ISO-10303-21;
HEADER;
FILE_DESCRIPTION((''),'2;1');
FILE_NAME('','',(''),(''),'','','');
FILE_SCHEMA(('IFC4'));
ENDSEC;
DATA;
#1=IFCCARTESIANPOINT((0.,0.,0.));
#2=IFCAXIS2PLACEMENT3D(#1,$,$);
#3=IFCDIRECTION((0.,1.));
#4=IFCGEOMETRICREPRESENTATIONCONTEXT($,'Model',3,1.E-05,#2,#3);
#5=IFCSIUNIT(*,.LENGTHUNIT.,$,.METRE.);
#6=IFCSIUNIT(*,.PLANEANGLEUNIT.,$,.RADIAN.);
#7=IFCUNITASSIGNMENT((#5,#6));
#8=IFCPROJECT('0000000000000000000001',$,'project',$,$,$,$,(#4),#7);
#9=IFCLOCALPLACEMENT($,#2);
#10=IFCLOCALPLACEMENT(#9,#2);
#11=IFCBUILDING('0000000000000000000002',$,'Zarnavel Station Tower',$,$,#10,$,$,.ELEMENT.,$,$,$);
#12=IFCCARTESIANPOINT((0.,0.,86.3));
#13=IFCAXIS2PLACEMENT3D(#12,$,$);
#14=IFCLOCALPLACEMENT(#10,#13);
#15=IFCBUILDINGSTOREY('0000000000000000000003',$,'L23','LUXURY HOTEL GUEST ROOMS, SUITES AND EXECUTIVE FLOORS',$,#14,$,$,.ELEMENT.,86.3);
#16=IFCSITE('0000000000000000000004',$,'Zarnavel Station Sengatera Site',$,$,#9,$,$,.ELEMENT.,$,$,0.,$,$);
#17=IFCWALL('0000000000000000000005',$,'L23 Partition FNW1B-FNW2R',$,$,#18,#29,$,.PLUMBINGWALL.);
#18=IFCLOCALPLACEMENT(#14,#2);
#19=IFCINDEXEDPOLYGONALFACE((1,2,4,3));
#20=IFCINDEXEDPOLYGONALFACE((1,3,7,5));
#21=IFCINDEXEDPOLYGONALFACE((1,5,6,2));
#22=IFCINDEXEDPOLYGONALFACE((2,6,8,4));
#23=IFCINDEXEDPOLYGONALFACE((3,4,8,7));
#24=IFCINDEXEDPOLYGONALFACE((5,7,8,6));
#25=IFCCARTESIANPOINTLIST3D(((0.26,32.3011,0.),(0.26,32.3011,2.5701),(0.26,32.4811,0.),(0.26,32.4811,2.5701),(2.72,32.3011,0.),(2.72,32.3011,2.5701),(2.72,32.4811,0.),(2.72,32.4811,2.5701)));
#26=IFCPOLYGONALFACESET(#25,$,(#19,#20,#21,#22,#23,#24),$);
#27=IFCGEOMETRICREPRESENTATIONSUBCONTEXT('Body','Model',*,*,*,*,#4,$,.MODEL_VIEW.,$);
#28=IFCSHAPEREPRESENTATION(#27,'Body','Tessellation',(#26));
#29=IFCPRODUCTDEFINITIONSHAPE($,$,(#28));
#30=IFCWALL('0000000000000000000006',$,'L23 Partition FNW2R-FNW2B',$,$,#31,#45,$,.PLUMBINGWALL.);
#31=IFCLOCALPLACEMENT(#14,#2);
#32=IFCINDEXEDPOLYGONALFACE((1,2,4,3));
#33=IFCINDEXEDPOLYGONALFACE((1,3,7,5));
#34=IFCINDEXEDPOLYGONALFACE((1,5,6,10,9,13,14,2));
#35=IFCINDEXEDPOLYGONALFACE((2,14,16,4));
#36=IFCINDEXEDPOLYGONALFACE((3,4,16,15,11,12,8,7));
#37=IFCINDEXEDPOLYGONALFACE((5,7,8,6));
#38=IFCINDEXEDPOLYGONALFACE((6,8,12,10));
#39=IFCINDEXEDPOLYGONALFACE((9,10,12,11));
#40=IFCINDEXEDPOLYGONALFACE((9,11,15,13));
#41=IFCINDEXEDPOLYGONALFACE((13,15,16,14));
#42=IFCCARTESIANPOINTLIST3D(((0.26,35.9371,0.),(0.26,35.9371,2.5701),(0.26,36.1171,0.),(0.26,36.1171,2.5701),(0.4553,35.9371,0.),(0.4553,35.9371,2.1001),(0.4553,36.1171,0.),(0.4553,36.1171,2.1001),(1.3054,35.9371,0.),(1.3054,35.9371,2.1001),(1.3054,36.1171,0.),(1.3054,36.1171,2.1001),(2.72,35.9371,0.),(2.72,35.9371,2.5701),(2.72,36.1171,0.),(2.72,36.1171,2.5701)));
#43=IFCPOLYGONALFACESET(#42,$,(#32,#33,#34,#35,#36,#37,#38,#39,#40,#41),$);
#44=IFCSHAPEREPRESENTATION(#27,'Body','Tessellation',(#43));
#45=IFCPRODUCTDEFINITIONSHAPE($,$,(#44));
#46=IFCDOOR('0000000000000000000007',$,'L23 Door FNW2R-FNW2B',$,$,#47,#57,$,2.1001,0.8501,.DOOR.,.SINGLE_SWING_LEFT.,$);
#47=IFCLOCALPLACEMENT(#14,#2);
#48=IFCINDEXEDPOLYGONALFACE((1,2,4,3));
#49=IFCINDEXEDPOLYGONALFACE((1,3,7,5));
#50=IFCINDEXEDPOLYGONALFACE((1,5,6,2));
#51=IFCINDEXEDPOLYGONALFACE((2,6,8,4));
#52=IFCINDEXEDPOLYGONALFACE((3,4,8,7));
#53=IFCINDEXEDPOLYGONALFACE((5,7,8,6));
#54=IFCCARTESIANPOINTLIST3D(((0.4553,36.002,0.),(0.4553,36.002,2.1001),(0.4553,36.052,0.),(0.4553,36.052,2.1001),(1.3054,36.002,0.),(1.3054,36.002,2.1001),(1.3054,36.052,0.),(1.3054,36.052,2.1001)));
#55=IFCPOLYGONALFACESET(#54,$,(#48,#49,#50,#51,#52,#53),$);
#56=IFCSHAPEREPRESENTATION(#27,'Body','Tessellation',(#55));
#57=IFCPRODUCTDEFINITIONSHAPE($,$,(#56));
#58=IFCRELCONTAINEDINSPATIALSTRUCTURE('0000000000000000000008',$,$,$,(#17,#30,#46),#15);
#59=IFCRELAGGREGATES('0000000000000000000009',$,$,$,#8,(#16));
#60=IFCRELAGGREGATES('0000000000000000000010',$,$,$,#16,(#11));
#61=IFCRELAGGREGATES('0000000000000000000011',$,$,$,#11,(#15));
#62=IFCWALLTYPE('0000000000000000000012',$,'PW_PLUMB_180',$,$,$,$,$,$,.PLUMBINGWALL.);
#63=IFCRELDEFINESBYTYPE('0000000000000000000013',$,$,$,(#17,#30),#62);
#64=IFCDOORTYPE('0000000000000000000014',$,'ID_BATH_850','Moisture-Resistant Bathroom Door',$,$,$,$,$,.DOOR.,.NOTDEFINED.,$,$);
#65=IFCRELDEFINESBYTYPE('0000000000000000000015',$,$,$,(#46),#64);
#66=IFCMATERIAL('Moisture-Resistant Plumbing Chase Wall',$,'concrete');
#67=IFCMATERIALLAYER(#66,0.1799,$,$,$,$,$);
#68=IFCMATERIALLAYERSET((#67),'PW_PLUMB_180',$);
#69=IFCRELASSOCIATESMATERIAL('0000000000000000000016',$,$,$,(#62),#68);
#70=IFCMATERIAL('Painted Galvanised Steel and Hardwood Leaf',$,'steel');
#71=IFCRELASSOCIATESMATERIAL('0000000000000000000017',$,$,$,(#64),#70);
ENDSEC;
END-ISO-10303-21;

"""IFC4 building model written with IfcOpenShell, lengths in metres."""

from ifc_helpers import new_model, si_unit, direction, frame, frame_2d, origin, place, context, subcontext, project, spatial, rectangle, extrude, material, layer, layer_set, type_object, element, fill, save


model = new_model("IFC4")

# Units and contexts
model_context = context("Model", 3, precision=1e-05, world=origin(), true_north=direction((0.0, 1.0)))
body_context = subcontext(model_context, "Body", "Model", "MODEL_VIEW")
ifc_project = project(units=[si_unit("LENGTHUNIT", "METRE"), si_unit("PLANEANGLEUNIT", "RADIAN")], contexts=[model_context])

# Site, building, storey
site_placement = place(None, origin())
site = spatial("IfcSite", under=ifc_project, at=site_placement, Name="Zarnavel Station Sengatera Site", CompositionType="ELEMENT", RefElevation=0.0)
building_placement = place(site_placement, origin())
building = spatial("IfcBuilding", under=site, at=building_placement, Name="Zarnavel Station Tower", CompositionType="ELEMENT")
storey_placement = place(building_placement, frame((0.0, 0.0, 86.3)))
storey = spatial("IfcBuildingStorey", under=building, at=storey_placement, Name="L23", Description="LUXURY HOTEL GUEST ROOMS, SUITES AND EXECUTIVE FLOORS", CompositionType="ELEMENT", Elevation=86.3)

# Shared definitions
ifc_material_1 = material(Name="Moisture-Resistant Plumbing Chase Wall", Category="concrete")
ifc_layer_1 = layer(ifc_material_1, 0.1799)
ifc_layer_set_1 = layer_set([ifc_layer_1], Name="PW_PLUMB_180")
wall_type_1 = type_object("IfcWallType", Name="PW_PLUMB_180", PredefinedType="PLUMBINGWALL", material=ifc_layer_set_1)
ifc_material_2 = material(Name="Painted Galvanised Steel and Hardwood Leaf", Category="steel")
door_type_1 = type_object("IfcDoorType", Name="ID_BATH_850", Description="Moisture-Resistant Bathroom Door", OperationType="NOTDEFINED", PredefinedType="DOOR", material=ifc_material_2)

# Wall
wall_1_placement = place(storey_placement, frame((0.26, 32.3911, 0.0), z_axis=(0.0, 0.0, 1.0), x_axis=(1.0, 0.0, 0.0)))
element("IfcWall", 1, at=wall_1_placement, inside=storey, type_object=wall_type_1, Name="L23 Partition FNW1B-FNW2R", PredefinedType="PLUMBINGWALL", context=body_context, shape_type="SweptSolid", body=[
    extrude(rectangle(XDim=2.46, YDim=0.1799, at=frame_2d((1.23, 0.0))), origin(), (0.0, 0.0, 1.0), 2.5701),
])

# Wall, opening, door
wall_2_placement = place(storey_placement, frame((0.26, 36.0271, 0.0), z_axis=(0.0, 0.0, 1.0), x_axis=(1.0, 0.0, 0.0)))
wall_2 = element("IfcWall", 2, at=wall_2_placement, inside=storey, type_object=wall_type_1, Name="L23 Partition FNW2R-FNW2B", PredefinedType="PLUMBINGWALL", context=body_context, shape_type="SweptSolid", body=[
    extrude(rectangle(XDim=2.46, YDim=0.1799, at=frame_2d((1.23, 0.0))), origin(), (0.0, 0.0, 1.0), 2.5701),
])
opening_1_placement = place(wall_2_placement, frame((0.1953, 0.0, 0.0)))
opening_1 = element("IfcOpeningElement", 3, at=opening_1_placement, cuts=wall_2, PredefinedType="OPENING", context=body_context, shape_type="SweptSolid", body=[
    extrude(rectangle(XDim=0.8501, YDim=2.1001, at=frame_2d((0.425, 1.05))), frame((0.0, 0.0999, 0.0), z_axis=(0.0, -1.0, 0.0), x_axis=(1.0, 0.0, 0.0)), (0.0, 0.0, 1.0), 0.2),
])
door_1_placement = place(opening_1_placement, origin())
door_1 = element("IfcDoor", 4, at=door_1_placement, inside=storey, type_object=door_type_1, Name="L23 Door FNW2R-FNW2B", OperationType="SINGLE_SWING_LEFT", OverallHeight=2.1001, OverallWidth=0.8501, PredefinedType="DOOR", context=body_context, shape_type="SweptSolid", body=[
    extrude(rectangle(XDim=0.8501, YDim=2.1001, at=frame_2d((0.425, 1.05))), frame((0.0, 0.0249, 0.0), z_axis=(0.0, -1.0, 0.0), x_axis=(1.0, 0.0, 0.0)), (0.0, 0.0, 1.0), 0.05),
])
fill(opening_1, door_1)

save(model, "model.ifc")
